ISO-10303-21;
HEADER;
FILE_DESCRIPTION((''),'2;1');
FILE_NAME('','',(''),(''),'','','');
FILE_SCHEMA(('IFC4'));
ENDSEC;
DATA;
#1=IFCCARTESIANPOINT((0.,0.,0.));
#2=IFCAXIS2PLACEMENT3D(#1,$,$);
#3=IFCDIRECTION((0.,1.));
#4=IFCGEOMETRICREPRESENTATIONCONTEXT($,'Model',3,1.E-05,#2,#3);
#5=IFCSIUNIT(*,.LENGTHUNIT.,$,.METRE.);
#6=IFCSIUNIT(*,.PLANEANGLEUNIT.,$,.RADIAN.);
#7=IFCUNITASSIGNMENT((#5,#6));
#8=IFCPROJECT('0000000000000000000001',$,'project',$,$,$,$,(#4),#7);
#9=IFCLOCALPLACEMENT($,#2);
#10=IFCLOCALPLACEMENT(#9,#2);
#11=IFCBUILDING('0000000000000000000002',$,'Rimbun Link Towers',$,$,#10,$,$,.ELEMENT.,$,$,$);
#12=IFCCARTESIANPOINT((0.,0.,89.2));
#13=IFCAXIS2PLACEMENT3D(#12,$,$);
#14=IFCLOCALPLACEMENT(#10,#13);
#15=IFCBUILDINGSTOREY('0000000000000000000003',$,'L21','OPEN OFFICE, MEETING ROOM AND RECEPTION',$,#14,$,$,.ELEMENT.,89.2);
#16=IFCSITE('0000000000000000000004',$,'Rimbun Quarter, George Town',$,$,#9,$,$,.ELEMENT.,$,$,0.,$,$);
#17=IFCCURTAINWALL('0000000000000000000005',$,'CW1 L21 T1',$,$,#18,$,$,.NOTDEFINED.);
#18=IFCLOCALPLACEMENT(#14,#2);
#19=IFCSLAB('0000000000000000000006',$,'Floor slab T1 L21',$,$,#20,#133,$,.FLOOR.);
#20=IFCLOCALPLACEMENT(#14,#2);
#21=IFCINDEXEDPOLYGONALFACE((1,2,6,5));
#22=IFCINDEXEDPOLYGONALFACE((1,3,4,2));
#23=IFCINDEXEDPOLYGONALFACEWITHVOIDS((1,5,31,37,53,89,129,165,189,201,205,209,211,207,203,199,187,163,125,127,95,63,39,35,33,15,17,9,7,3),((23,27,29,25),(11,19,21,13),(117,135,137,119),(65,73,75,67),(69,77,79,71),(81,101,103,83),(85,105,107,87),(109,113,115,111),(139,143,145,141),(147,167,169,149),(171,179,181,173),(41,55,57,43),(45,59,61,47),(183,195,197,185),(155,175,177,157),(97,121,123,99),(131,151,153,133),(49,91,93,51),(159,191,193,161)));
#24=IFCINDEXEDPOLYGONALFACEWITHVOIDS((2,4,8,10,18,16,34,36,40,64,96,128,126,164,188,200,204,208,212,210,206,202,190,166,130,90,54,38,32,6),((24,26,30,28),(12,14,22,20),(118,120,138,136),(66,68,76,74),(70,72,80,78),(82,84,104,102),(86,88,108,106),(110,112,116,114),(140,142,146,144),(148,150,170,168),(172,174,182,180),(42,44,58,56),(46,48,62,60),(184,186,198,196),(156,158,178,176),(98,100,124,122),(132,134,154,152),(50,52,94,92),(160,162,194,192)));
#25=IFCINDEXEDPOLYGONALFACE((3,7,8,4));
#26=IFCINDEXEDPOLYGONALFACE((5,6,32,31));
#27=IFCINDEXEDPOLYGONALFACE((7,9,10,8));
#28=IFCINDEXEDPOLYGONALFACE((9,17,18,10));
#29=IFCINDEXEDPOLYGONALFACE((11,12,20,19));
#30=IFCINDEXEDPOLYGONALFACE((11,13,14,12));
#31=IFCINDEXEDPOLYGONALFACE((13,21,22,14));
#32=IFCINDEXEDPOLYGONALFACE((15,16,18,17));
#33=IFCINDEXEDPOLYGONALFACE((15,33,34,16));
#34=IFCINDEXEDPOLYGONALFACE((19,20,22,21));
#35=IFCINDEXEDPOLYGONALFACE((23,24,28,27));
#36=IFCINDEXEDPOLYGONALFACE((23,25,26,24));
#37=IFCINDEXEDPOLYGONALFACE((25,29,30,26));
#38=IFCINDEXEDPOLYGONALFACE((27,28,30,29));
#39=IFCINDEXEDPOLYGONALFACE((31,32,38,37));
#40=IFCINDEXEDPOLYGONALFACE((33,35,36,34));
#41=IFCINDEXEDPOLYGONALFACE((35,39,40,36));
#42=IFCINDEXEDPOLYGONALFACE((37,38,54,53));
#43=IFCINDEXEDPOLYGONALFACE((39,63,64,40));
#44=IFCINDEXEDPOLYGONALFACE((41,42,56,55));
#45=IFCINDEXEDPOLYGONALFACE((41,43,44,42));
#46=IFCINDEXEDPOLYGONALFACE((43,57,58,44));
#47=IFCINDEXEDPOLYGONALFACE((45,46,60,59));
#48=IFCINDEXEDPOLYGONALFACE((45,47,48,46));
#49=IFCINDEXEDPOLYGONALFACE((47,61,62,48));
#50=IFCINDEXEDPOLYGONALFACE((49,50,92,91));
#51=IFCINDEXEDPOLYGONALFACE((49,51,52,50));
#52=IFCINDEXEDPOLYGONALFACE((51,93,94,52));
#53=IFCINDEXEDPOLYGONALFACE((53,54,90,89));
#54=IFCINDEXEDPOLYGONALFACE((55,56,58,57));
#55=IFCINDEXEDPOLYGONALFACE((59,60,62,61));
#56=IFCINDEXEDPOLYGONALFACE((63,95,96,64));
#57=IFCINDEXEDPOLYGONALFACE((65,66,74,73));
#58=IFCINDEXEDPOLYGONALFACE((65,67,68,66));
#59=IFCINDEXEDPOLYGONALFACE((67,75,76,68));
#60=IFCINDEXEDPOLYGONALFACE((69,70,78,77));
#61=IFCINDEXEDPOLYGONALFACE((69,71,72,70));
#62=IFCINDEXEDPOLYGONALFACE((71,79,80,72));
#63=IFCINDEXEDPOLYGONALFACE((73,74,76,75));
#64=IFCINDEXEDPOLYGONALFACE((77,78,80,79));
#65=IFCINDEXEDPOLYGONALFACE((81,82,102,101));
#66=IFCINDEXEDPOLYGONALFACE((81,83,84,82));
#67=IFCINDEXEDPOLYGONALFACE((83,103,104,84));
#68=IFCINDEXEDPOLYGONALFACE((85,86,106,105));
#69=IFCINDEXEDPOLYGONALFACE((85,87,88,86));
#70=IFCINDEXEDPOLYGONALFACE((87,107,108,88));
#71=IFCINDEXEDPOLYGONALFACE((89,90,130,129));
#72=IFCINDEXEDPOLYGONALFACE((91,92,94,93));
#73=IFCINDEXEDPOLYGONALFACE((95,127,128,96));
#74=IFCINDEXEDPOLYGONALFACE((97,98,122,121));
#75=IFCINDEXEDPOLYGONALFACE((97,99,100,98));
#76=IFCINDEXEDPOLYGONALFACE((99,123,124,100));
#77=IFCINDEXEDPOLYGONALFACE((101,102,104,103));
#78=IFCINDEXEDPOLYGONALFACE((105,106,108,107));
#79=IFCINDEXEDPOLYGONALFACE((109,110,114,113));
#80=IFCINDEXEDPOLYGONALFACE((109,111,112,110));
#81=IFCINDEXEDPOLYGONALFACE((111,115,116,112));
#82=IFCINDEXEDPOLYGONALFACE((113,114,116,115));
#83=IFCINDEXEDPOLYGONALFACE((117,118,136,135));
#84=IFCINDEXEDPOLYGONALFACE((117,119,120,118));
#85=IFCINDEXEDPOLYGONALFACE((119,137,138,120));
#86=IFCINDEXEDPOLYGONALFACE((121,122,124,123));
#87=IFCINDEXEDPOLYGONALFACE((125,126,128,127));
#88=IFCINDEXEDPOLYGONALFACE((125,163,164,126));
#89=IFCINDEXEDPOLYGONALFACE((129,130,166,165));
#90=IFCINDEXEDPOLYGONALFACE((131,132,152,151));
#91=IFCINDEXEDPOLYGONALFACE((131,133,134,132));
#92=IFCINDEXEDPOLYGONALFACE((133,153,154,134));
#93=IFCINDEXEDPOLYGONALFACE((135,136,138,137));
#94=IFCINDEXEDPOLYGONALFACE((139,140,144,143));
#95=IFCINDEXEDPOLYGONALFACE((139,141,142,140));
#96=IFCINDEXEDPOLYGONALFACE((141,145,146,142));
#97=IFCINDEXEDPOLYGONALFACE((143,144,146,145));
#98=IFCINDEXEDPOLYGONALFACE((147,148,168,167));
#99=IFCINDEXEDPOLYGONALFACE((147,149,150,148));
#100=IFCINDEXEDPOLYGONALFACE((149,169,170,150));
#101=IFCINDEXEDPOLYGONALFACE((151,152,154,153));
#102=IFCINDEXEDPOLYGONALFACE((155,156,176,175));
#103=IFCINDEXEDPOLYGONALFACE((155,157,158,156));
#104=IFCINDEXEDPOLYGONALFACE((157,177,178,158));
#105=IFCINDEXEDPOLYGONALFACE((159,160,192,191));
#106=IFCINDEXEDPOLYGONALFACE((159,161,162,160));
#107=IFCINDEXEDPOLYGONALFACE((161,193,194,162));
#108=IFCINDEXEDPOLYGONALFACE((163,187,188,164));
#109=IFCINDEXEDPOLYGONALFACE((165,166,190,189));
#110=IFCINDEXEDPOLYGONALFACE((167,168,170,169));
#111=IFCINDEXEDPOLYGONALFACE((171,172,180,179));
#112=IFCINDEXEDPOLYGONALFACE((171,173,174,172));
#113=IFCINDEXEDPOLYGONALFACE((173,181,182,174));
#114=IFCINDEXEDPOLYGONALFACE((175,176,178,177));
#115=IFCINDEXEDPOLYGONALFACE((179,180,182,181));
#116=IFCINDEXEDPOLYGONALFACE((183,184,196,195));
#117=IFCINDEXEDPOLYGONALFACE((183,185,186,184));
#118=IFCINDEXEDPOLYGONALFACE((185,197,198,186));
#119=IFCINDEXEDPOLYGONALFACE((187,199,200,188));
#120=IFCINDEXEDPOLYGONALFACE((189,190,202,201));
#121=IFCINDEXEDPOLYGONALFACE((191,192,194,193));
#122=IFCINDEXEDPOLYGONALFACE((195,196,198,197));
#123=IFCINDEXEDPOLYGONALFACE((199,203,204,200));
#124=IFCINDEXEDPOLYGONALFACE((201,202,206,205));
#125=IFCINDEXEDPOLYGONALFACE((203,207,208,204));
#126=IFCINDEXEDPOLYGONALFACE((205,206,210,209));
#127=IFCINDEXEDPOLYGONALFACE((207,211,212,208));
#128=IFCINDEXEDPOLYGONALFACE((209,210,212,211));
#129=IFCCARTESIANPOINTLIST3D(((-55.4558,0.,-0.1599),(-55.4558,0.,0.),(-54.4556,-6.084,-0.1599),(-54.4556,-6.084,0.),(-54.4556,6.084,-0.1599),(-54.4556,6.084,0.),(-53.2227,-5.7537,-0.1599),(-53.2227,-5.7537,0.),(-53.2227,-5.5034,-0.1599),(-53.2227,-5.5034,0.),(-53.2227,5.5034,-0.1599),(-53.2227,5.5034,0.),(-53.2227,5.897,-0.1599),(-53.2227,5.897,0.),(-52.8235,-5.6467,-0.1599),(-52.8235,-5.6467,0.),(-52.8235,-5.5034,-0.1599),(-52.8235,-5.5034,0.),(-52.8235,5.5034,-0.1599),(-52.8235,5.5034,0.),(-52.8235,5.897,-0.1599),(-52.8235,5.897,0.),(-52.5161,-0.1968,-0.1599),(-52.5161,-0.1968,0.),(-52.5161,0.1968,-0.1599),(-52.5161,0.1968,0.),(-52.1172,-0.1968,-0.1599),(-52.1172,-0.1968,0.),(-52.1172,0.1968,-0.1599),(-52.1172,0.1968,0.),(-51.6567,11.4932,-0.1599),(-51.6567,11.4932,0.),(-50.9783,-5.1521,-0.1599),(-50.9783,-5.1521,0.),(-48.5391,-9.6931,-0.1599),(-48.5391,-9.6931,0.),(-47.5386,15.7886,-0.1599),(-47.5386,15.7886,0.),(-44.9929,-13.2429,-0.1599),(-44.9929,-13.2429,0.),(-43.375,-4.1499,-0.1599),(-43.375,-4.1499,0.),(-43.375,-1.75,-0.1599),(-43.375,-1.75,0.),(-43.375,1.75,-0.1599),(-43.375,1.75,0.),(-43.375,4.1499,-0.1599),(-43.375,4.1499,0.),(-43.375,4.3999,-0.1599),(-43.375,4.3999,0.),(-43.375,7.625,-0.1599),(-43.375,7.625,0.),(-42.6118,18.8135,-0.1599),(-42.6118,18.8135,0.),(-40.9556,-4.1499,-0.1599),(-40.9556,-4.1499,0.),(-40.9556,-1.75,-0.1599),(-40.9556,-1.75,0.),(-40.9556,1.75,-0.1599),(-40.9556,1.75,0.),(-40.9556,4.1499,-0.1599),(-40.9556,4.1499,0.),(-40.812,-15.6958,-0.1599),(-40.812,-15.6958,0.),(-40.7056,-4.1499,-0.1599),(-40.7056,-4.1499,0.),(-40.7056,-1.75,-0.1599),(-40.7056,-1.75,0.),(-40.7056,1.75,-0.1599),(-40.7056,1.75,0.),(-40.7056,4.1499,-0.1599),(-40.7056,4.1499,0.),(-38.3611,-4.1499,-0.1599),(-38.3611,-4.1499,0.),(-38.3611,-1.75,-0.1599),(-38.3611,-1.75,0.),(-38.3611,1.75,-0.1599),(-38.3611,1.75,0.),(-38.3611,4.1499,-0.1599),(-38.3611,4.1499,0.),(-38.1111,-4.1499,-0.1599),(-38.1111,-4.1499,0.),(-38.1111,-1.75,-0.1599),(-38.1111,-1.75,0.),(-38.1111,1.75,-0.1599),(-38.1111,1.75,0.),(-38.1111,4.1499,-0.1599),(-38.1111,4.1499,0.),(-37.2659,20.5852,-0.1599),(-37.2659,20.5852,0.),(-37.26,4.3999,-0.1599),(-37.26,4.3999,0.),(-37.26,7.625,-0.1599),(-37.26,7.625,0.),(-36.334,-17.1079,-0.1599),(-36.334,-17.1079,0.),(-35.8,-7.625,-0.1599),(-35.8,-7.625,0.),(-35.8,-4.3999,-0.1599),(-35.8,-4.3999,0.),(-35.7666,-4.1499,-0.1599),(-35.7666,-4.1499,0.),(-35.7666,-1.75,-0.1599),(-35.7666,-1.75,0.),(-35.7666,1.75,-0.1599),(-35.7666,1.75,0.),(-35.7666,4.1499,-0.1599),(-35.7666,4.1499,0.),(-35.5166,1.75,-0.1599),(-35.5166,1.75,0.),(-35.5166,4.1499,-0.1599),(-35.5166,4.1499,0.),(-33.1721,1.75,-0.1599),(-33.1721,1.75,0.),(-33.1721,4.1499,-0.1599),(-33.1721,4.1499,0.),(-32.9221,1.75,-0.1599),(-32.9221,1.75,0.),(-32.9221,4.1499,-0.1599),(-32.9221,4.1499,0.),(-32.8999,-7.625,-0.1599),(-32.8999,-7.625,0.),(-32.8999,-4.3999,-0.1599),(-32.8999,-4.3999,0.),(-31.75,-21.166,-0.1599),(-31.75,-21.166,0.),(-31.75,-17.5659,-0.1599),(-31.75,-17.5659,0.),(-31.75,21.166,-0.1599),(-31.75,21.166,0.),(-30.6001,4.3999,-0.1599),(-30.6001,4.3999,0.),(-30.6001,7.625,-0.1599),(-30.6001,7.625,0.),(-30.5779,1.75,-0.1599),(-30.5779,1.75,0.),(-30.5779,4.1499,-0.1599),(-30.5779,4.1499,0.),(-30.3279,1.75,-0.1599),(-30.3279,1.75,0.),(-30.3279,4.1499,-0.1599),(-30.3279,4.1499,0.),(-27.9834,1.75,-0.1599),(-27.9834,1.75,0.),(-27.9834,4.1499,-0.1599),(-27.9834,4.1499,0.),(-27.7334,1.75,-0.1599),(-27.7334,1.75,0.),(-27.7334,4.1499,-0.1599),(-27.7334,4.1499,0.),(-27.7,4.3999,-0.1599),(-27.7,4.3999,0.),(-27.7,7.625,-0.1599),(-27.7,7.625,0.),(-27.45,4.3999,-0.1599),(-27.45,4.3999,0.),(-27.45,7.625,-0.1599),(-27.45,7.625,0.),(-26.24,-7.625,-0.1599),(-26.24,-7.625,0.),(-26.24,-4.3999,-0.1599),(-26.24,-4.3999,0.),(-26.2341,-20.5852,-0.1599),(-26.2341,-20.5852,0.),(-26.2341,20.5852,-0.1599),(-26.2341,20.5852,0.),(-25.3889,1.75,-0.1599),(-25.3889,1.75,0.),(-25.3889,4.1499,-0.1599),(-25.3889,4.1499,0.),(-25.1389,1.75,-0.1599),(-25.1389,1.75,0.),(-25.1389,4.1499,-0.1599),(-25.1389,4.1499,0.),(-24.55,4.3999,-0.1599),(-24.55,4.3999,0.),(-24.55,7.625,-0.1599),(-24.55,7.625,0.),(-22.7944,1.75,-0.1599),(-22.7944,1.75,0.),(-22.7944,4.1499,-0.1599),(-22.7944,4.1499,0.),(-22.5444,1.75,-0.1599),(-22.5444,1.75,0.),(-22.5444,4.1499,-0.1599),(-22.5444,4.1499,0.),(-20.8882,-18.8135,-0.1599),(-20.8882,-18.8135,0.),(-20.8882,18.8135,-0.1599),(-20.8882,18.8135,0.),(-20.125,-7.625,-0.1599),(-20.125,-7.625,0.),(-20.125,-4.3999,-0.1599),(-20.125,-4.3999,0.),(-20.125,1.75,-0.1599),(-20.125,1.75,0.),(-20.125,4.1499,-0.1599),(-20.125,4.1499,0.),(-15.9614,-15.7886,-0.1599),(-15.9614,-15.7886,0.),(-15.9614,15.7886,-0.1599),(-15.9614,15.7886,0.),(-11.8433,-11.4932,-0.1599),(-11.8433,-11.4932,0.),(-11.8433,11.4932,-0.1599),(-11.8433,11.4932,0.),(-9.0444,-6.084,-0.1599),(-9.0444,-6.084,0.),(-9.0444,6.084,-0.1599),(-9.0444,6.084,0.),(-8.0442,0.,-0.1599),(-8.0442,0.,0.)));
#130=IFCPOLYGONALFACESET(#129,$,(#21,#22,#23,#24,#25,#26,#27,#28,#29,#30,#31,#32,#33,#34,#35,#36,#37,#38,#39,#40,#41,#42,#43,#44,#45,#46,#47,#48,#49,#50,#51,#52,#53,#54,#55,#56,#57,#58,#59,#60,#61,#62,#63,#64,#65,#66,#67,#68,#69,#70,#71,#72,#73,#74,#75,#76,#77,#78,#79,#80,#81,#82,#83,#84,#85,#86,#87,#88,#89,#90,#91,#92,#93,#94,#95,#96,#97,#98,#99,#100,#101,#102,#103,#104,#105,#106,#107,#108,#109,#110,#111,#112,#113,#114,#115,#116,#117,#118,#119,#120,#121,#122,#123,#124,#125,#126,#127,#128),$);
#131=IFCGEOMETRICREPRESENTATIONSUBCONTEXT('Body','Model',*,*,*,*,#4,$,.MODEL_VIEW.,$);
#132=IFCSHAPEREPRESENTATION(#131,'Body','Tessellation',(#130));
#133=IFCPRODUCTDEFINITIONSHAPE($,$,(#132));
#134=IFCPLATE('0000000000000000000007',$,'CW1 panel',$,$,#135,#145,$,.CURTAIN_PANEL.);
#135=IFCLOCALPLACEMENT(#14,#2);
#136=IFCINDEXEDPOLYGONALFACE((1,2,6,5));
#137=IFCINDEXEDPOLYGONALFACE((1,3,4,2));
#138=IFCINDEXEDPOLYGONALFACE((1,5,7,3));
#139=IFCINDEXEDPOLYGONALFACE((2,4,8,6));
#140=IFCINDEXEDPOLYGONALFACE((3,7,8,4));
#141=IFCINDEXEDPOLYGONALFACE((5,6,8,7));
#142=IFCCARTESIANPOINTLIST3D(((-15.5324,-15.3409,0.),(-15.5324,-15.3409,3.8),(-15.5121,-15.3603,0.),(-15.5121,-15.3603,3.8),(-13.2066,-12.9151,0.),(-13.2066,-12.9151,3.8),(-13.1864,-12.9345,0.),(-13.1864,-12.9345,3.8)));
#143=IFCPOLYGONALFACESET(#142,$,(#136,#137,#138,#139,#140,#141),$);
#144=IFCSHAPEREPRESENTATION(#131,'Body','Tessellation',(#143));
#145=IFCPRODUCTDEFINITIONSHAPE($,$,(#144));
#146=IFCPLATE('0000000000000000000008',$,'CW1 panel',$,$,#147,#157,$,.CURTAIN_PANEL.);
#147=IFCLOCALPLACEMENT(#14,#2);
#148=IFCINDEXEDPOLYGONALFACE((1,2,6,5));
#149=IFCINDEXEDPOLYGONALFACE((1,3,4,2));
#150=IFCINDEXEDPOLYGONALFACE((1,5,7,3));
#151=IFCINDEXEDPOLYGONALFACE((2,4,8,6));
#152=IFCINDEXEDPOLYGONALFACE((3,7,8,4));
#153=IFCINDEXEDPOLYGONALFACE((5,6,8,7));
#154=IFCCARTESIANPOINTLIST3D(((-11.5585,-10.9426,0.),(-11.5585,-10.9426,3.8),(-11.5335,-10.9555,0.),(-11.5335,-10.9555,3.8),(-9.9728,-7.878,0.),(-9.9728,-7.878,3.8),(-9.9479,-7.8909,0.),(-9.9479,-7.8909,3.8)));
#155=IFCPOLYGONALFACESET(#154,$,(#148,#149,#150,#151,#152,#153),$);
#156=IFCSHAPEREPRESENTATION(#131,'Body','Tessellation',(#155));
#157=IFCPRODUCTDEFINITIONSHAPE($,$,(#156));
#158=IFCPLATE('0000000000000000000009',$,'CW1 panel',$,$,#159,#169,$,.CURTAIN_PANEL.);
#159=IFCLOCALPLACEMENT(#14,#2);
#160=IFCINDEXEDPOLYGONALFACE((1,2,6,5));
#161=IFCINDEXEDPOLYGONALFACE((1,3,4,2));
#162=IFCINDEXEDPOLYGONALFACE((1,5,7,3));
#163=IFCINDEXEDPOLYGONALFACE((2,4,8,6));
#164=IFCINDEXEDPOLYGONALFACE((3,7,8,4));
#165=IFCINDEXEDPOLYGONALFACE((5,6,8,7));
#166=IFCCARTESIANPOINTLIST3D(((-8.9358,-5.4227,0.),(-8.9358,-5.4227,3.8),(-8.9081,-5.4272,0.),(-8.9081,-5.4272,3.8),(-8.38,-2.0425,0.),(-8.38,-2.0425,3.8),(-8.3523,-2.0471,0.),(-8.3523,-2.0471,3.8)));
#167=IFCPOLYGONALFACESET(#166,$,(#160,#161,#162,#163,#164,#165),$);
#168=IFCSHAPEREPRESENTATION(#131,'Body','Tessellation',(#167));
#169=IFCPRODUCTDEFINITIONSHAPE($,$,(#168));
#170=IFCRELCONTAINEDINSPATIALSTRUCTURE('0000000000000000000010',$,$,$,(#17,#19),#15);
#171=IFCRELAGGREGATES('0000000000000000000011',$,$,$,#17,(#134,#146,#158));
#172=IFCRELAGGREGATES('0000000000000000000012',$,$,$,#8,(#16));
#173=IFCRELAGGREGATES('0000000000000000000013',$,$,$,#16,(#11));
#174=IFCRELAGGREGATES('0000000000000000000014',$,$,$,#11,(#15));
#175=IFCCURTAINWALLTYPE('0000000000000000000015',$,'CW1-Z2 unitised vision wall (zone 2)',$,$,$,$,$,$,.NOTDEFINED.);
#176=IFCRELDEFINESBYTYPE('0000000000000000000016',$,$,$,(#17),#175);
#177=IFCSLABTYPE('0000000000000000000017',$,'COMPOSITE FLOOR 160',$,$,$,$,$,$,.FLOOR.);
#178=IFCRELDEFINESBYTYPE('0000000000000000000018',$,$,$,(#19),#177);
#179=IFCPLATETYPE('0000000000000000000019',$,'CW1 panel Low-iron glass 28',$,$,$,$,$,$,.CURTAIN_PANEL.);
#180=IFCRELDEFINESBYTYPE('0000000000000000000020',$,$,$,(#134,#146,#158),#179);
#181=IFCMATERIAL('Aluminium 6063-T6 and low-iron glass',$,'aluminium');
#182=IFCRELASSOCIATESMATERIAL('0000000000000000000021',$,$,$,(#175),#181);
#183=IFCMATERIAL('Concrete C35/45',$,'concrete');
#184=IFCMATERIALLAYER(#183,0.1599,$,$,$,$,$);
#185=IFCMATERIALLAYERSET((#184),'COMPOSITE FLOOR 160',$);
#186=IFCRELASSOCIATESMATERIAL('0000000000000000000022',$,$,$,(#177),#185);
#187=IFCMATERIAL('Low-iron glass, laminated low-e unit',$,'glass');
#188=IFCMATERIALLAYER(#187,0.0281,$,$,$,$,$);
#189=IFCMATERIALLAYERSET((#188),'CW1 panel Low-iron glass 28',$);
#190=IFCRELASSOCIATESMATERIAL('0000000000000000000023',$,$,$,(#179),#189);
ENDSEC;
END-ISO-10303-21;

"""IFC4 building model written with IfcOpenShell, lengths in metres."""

from ifc_helpers import new_model, si_unit, direction, frame, origin, origin_2d, place, context, subcontext, project, spatial, polyline, rectangle, outline, extrude, material, layer, layer_set, type_object, element, aggregate, save


model = new_model("IFC4")

# Units and contexts
model_context = context("Model", 3, precision=1e-05, world=origin(), true_north=direction((0.0, 1.0)))
body_context = subcontext(model_context, "Body", "Model", "MODEL_VIEW")
ifc_project = project(units=[si_unit("LENGTHUNIT", "METRE"), si_unit("PLANEANGLEUNIT", "RADIAN")], contexts=[model_context])

# Site, building, storey
site_placement = place(None, origin())
site = spatial("IfcSite", under=ifc_project, at=site_placement, Name="Rimbun Quarter, George Town", CompositionType="ELEMENT", RefElevation=0.0)
building_placement = place(site_placement, origin())
building = spatial("IfcBuilding", under=site, at=building_placement, Name="Rimbun Link Towers", CompositionType="ELEMENT")
storey_placement = place(building_placement, frame((0.0, 0.0, 89.2)))
storey = spatial("IfcBuildingStorey", under=building, at=storey_placement, Name="L21", Description="OPEN OFFICE, MEETING ROOM AND RECEPTION", CompositionType="ELEMENT", Elevation=89.2)

# Curtain wall
ifc_material_1 = material(Name="Aluminium 6063-T6 and low-iron glass", Category="aluminium")
curtain_wall_type = type_object("IfcCurtainWallType", Name="CW1-Z2 unitised vision wall (zone 2)", PredefinedType="NOTDEFINED", material=ifc_material_1)
curtain_wall_placement = place(storey_placement, origin())
curtain_wall = element("IfcCurtainWall", 1, at=curtain_wall_placement, inside=storey, type_object=curtain_wall_type, Name="CW1 L21 T1", PredefinedType="NOTDEFINED")

# Slab
ifc_material_2 = material(Name="Concrete C35/45", Category="concrete")
ifc_layer_1 = layer(ifc_material_2, 0.1599)
ifc_layer_set_1 = layer_set([ifc_layer_1], Name="COMPOSITE FLOOR 160")
slab_type = type_object("IfcSlabType", Name="COMPOSITE FLOOR 160", PredefinedType="FLOOR", material=ifc_layer_set_1)
slab_placement = place(storey_placement, frame((0.0, 0.0, -0.1599)))
element("IfcSlab", 2, at=slab_placement, inside=storey, type_object=slab_type, Name="Floor slab T1 L21", PredefinedType="FLOOR", context=body_context, shape_type="SweptSolid", body=[
    extrude(outline(polyline([(-54.4556, -6.084), (-55.4558, 0.0), (-54.4556, 6.084), (-51.6567, 11.4932), (-47.5386, 15.7886), (-42.6118, 18.8135), (-37.2659, 20.5852), (-31.75, 21.166), (-26.2341, 20.5852), (-20.8882, 18.8135), (-15.9614, 15.7886), (-11.8433, 11.4932), (-9.0444, 6.084), (-8.0442, 0.0), (-9.0444, -6.084), (-11.8433, -11.4932), (-15.9614, -15.7886), (-20.8882, -18.8135), (-26.2341, -20.5852), (-31.75, -21.166), (-31.75, -17.5659), (-36.334, -17.1079), (-40.812, -15.6958), (-44.9929, -13.2429), (-48.5391, -9.6931), (-50.9783, -5.1521), (-52.8235, -5.6467), (-52.8235, -5.5034), (-53.2227, -5.5034), (-53.2227, -5.7537), (-54.4556, -6.084)]), holes=[polyline([(-40.9556, -4.1499), (-40.9556, -1.75), (-43.375, -1.75), (-43.375, -4.1499), (-40.9556, -4.1499)]), polyline([(-38.3611, -4.1499), (-38.3611, -1.75), (-40.7056, -1.75), (-40.7056, -4.1499), (-38.3611, -4.1499)]), polyline([(-38.1111, -4.1499), (-35.7666, -4.1499), (-35.7666, -1.75), (-38.1111, -1.75), (-38.1111, -4.1499)]), polyline([(-52.5161, -0.1968), (-52.1172, -0.1968), (-52.1172, 0.1968), (-52.5161, 0.1968), (-52.5161, -0.1968)]), polyline([(-40.9556, 1.75), (-40.9556, 4.1499), (-43.375, 4.1499), (-43.375, 1.75), (-40.9556, 1.75)]), polyline([(-38.3611, 1.75), (-38.3611, 4.1499), (-40.7056, 4.1499), (-40.7056, 1.75), (-38.3611, 1.75)]), polyline([(-35.7666, 1.75), (-35.7666, 4.1499), (-38.1111, 4.1499), (-38.1111, 1.75), (-35.7666, 1.75)]), polyline([(-53.2227, 5.5034), (-52.8235, 5.5034), (-52.8235, 5.897), (-53.2227, 5.897), (-53.2227, 5.5034)]), polyline([(-43.375, 4.3999), (-37.26, 4.3999), (-37.26, 7.625), (-43.375, 7.625), (-43.375, 4.3999)]), polyline([(-32.8999, -7.625), (-32.8999, -4.3999), (-35.8, -4.3999), (-35.8, -7.625), (-32.8999, -7.625)]), polyline([(-20.125, -7.625), (-20.125, -4.3999), (-26.24, -4.3999), (-26.24, -7.625), (-20.125, -7.625)]), polyline([(-33.1721, 1.75), (-33.1721, 4.1499), (-35.5166, 4.1499), (-35.5166, 1.75), (-33.1721, 1.75)]), polyline([(-32.9221, 1.75), (-30.5779, 1.75), (-30.5779, 4.1499), (-32.9221, 4.1499), (-32.9221, 1.75)]), polyline([(-30.3279, 1.75), (-27.9834, 1.75), (-27.9834, 4.1499), (-30.3279, 4.1499), (-30.3279, 1.75)]), polyline([(-25.3889, 1.75), (-25.3889, 4.1499), (-27.7334, 4.1499), (-27.7334, 1.75), (-25.3889, 1.75)]), polyline([(-22.7944, 1.75), (-22.7944, 4.1499), (-25.1389, 4.1499), (-25.1389, 1.75), (-22.7944, 1.75)]), polyline([(-20.125, 1.75), (-20.125, 4.1499), (-22.5444, 4.1499), (-22.5444, 1.75), (-20.125, 1.75)]), polyline([(-30.6001, 4.3999), (-27.7, 4.3999), (-27.7, 7.625), (-30.6001, 7.625), (-30.6001, 4.3999)]), polyline([(-27.45, 4.3999), (-24.55, 4.3999), (-24.55, 7.625), (-27.45, 7.625), (-27.45, 4.3999)])]), origin(), (0.0, 0.0, 1.0), 0.1599),
])

# Plates
ifc_material_3 = material(Name="Low-iron glass, laminated low-e unit", Category="glass")
ifc_layer_2 = layer(ifc_material_3, 0.0281)
ifc_layer_set_2 = layer_set([ifc_layer_2], Name="CW1 panel Low-iron glass 28")
plate_type = type_object("IfcPlateType", Name="CW1 panel Low-iron glass 28", PredefinedType="CURTAIN_PANEL", material=ifc_layer_set_2)
plate_1_placement = place(storey_placement, frame((-14.3594, -14.1377, 0.0), z_axis=(0.0, 0.0, 1.0), x_axis=(-0.692061, -0.721839, 0.0)))
plate_1 = element("IfcPlate", 3, at=plate_1_placement, type_object=plate_type, Name="CW1 panel", PredefinedType="CURTAIN_PANEL", context=body_context, shape_type="SweptSolid", body=[
    extrude(rectangle(XDim=3.3606, YDim=0.0281, at=origin_2d()), origin(), (0.0, 0.0, 1.0), 3.8),
])
plate_2_placement = place(storey_placement, frame((-10.7532, -9.4167, 0.0), z_axis=(0.0, 0.0, 1.0), x_axis=(-0.459544, -0.888155, 0.0)))
plate_2 = element("IfcPlate", 4, at=plate_2_placement, type_object=plate_type, Name="CW1 panel", PredefinedType="CURTAIN_PANEL", context=body_context, shape_type="SweptSolid", body=[
    extrude(rectangle(XDim=3.4504, YDim=0.0281, at=origin_2d()), origin(), (0.0, 0.0, 1.0), 3.8),
])
plate_3_placement = place(storey_placement, frame((-8.644, -3.7349, 0.0), z_axis=(0.0, 0.0, 1.0), x_axis=(-0.162255, -0.986749, 0.0)))
plate_3 = element("IfcPlate", 5, at=plate_3_placement, type_object=plate_type, Name="CW1 panel", PredefinedType="CURTAIN_PANEL", context=body_context, shape_type="SweptSolid", body=[
    extrude(rectangle(XDim=3.4255, YDim=0.0281, at=origin_2d()), origin(), (0.0, 0.0, 1.0), 3.8),
])
aggregate(curtain_wall, [plate_1, plate_2, plate_3])

save(model, "model.ifc")
